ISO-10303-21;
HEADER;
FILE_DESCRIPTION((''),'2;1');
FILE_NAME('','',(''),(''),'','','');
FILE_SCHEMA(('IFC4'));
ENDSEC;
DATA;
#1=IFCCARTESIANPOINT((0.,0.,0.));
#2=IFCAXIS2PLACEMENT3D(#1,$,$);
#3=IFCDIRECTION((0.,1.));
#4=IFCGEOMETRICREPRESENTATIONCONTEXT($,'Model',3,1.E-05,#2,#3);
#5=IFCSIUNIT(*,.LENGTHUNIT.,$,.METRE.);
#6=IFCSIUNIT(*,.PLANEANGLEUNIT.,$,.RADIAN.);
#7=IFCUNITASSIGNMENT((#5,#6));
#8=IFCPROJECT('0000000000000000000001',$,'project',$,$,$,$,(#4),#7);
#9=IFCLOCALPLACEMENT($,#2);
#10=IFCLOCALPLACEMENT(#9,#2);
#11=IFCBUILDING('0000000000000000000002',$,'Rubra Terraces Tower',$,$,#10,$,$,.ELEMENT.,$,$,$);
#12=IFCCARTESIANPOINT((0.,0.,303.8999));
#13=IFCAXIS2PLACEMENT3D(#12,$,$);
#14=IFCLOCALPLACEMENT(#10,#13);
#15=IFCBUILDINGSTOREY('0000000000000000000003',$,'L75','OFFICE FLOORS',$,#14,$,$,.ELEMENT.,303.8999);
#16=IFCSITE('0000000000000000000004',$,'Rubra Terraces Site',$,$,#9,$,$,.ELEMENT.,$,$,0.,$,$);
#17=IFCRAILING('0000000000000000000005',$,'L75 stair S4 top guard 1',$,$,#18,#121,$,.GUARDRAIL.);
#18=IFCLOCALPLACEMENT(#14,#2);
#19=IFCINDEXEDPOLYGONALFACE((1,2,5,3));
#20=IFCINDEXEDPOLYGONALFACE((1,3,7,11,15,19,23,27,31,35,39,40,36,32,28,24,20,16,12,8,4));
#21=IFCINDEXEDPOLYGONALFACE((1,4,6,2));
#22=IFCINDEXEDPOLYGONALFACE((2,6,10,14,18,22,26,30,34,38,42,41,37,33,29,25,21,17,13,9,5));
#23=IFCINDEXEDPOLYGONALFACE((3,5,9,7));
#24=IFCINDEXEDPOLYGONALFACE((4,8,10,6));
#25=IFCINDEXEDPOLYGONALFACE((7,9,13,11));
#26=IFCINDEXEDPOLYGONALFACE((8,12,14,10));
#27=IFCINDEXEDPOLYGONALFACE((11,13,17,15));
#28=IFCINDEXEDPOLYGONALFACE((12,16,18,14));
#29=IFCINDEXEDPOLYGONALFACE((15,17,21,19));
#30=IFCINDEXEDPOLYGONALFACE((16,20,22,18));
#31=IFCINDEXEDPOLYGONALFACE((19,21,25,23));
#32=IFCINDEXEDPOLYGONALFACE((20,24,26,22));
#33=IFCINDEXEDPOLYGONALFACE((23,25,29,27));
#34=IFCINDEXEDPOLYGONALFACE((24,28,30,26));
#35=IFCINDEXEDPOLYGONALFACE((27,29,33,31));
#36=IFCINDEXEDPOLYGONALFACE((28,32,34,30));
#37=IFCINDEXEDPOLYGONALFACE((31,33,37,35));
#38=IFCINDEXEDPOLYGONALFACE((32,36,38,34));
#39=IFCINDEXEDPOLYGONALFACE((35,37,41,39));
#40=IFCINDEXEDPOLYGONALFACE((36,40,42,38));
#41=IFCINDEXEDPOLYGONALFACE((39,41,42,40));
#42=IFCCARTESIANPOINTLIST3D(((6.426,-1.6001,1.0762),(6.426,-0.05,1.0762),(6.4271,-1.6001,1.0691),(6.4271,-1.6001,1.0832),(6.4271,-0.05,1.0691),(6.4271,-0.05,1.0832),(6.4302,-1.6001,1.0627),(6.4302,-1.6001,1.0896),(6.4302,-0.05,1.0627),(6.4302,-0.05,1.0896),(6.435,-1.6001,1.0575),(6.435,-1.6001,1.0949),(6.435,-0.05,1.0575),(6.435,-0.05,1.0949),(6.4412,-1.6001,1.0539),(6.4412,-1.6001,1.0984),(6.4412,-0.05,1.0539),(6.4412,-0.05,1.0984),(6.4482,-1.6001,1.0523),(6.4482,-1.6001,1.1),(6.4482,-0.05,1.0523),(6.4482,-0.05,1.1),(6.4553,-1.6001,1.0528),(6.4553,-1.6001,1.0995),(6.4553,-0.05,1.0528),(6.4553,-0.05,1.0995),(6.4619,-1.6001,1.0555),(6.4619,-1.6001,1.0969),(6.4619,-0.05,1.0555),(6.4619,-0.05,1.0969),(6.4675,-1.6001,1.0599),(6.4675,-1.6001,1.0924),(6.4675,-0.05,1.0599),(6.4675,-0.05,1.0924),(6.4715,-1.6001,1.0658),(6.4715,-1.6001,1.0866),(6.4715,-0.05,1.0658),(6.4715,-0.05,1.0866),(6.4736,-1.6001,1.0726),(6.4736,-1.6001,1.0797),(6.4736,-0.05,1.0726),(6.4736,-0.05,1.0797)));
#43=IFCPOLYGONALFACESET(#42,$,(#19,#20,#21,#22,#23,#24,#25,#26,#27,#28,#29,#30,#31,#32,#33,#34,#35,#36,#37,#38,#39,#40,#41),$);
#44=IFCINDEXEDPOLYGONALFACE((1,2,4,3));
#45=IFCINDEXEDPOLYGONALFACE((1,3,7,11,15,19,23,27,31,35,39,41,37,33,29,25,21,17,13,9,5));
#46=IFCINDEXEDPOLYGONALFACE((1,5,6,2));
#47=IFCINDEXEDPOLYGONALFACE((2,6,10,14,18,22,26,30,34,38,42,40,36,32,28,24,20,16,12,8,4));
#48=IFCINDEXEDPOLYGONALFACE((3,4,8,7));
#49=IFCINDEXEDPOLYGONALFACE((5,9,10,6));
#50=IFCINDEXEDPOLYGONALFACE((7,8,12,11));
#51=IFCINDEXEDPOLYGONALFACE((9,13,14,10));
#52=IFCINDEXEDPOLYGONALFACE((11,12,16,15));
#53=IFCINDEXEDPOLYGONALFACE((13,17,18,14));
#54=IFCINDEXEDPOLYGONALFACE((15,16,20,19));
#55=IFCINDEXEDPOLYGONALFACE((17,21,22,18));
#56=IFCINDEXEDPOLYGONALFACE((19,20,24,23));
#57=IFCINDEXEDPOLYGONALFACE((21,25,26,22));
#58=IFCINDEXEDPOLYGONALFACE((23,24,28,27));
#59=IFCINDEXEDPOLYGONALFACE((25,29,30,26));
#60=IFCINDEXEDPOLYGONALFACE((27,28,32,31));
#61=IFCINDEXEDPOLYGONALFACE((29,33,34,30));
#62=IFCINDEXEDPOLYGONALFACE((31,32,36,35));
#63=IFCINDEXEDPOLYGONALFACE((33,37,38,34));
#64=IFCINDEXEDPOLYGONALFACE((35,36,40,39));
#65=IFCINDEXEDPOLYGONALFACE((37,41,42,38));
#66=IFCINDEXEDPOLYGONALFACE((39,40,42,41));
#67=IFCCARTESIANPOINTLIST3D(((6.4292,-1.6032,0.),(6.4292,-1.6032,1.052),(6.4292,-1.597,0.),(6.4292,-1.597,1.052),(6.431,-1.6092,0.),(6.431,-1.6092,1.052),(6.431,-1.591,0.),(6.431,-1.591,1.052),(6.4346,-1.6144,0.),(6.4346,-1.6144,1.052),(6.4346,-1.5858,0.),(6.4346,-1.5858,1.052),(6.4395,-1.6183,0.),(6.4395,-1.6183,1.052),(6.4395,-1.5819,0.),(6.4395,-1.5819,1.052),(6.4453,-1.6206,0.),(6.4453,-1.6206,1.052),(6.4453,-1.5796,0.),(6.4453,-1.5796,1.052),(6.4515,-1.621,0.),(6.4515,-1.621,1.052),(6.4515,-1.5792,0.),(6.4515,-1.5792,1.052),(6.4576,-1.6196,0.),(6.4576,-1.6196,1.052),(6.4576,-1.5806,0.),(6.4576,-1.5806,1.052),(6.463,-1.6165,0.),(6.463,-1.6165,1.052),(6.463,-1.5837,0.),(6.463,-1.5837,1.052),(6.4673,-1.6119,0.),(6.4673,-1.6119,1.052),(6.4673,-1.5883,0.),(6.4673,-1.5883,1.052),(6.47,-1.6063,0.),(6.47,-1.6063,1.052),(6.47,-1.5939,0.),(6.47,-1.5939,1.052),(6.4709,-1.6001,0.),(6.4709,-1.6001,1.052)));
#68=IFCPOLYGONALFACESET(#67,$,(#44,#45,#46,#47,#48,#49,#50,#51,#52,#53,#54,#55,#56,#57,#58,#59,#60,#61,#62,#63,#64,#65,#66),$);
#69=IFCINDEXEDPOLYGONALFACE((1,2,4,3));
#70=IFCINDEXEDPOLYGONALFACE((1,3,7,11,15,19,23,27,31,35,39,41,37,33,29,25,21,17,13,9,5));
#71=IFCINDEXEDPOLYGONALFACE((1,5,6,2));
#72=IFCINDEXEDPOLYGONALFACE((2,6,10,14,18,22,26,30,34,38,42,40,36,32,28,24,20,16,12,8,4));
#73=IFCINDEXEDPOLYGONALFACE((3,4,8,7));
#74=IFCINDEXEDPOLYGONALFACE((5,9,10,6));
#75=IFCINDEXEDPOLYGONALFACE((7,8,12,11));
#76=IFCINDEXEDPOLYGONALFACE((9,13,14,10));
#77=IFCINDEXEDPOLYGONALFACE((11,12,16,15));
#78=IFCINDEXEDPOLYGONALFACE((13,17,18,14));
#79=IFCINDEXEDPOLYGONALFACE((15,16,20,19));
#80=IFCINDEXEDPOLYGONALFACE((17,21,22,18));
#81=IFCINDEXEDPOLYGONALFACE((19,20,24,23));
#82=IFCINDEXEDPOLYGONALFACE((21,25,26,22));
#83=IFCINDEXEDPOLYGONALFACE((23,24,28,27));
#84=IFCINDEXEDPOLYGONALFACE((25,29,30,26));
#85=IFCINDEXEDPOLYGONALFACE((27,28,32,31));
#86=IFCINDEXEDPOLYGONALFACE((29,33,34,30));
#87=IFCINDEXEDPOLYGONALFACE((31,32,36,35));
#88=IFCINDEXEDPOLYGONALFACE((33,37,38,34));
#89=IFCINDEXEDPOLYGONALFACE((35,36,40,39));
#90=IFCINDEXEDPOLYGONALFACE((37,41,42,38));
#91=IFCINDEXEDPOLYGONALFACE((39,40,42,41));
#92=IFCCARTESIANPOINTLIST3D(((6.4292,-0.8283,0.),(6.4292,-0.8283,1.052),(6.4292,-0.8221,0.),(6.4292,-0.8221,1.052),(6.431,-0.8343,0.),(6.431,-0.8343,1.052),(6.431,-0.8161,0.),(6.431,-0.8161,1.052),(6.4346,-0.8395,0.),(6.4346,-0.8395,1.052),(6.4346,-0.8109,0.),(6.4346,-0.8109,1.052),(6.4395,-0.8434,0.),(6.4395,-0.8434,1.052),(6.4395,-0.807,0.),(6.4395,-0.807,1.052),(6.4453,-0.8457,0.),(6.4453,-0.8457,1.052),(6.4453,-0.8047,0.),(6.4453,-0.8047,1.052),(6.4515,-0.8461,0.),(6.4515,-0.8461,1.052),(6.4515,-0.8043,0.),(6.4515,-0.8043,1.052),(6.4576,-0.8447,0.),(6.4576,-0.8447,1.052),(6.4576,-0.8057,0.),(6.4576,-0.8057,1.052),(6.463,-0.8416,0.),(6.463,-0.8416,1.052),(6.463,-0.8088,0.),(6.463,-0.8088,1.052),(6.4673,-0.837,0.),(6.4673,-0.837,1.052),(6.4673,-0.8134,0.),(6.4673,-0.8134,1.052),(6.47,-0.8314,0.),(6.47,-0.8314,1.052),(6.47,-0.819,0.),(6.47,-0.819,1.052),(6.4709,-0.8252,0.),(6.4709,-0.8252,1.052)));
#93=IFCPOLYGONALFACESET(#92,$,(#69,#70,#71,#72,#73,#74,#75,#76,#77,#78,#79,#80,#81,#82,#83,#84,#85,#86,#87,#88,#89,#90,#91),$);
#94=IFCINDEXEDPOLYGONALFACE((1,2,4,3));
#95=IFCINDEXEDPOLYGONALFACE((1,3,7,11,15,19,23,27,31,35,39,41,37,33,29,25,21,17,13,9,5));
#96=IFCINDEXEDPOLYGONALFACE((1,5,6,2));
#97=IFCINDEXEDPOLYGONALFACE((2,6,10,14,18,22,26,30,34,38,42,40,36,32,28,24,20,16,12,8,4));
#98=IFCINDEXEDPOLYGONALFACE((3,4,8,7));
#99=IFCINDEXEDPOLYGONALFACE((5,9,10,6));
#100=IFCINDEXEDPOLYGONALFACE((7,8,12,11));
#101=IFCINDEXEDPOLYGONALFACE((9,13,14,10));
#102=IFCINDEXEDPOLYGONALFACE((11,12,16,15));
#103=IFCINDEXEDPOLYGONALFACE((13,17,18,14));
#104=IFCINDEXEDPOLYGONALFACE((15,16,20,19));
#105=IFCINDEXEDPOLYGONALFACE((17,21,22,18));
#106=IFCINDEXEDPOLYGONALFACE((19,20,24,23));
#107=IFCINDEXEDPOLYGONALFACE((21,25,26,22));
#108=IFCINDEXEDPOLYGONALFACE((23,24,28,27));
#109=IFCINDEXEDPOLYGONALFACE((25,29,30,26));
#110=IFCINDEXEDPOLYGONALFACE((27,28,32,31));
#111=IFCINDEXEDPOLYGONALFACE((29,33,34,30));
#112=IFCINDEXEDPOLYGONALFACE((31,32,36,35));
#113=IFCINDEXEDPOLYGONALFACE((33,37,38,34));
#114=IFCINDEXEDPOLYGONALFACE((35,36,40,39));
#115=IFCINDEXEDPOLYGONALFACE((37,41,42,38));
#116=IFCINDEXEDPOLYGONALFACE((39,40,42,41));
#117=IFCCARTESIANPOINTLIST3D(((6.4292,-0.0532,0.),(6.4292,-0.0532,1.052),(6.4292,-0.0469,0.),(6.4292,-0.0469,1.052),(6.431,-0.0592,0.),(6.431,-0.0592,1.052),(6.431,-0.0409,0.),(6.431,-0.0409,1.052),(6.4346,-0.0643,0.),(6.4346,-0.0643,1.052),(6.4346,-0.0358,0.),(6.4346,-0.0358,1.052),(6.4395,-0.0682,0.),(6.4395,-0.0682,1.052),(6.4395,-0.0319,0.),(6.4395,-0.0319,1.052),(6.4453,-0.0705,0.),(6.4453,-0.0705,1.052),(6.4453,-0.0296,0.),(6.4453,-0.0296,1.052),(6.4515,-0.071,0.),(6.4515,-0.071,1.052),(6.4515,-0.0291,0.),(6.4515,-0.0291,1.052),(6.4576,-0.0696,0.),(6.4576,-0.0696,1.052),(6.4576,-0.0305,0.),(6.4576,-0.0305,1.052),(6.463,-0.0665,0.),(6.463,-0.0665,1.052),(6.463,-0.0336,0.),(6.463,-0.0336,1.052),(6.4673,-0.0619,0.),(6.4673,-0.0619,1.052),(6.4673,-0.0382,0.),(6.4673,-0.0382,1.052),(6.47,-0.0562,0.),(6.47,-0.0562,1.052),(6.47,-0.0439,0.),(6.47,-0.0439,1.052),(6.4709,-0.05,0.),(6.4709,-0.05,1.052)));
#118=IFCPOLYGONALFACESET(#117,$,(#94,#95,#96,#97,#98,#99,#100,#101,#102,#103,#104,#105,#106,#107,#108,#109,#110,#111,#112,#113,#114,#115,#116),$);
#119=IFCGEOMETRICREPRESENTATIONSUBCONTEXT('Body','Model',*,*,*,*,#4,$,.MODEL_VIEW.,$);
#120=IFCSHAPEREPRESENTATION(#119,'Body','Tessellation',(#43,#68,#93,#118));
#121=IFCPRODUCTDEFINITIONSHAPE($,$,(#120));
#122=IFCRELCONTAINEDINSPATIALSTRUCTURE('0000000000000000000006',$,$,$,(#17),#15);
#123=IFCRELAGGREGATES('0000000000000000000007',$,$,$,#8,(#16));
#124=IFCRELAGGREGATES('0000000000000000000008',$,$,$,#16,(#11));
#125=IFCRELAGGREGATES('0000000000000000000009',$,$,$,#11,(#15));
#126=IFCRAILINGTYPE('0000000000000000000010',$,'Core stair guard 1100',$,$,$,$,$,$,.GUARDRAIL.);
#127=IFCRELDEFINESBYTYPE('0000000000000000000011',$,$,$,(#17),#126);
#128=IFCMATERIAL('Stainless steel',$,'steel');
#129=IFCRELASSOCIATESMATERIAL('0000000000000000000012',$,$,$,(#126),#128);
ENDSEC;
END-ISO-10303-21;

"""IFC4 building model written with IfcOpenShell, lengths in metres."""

from ifc_helpers import new_model, si_unit, direction, frame, origin, origin_2d, place, context, subcontext, project, spatial, circle, extrude, material, type_object, element, save


model = new_model("IFC4")

# Units and contexts
model_context = context("Model", 3, precision=1e-05, world=origin(), true_north=direction((0.0, 1.0)))
body_context = subcontext(model_context, "Body", "Model", "MODEL_VIEW")
ifc_project = project(units=[si_unit("LENGTHUNIT", "METRE"), si_unit("PLANEANGLEUNIT", "RADIAN")], contexts=[model_context])

# Site, building, storey
site_placement = place(None, origin())
site = spatial("IfcSite", under=ifc_project, at=site_placement, Name="Rubra Terraces Site", CompositionType="ELEMENT", RefElevation=0.0)
building_placement = place(site_placement, origin())
building = spatial("IfcBuilding", under=site, at=building_placement, Name="Rubra Terraces Tower", CompositionType="ELEMENT")
storey_placement = place(building_placement, frame((0.0, 0.0, 303.8999)))
storey = spatial("IfcBuildingStorey", under=building, at=storey_placement, Name="L75", Description="OFFICE FLOORS", CompositionType="ELEMENT", Elevation=303.8999)

# Railing
ifc_material_1 = material(Name="Stainless steel", Category="steel")
railing_type = type_object("IfcRailingType", Name="Core stair guard 1100", PredefinedType="GUARDRAIL", material=ifc_material_1)
railing_placement = place(storey_placement, frame((6.45, -1.6001, 0.0)))
element("IfcRailing", 1, at=railing_placement, inside=storey, type_object=railing_type, Name="L75 stair S4 top guard 1", PredefinedType="GUARDRAIL", context=body_context, shape_type="SweptSolid", body=[
    extrude(circle(Radius=0.0239, at=origin_2d()), frame((0.0, 0.0, 1.0762), z_axis=(0.0, 1.0, 0.0), x_axis=(-1.0, 0.0, 0.0)), (0.0, 0.0, 1.0), 1.55),
    extrude(circle(Radius=0.021, at=origin_2d()), origin(), (0.0, 0.0, 1.0), 1.052),
    extrude(circle(Radius=0.021, at=origin_2d()), frame((0.0, 0.7749, 0.0)), (0.0, 0.0, 1.0), 1.052),
    extrude(circle(Radius=0.021, at=origin_2d()), frame((0.0, 1.55, 0.0)), (0.0, 0.0, 1.0), 1.052),
])

save(model, "model.ifc")
